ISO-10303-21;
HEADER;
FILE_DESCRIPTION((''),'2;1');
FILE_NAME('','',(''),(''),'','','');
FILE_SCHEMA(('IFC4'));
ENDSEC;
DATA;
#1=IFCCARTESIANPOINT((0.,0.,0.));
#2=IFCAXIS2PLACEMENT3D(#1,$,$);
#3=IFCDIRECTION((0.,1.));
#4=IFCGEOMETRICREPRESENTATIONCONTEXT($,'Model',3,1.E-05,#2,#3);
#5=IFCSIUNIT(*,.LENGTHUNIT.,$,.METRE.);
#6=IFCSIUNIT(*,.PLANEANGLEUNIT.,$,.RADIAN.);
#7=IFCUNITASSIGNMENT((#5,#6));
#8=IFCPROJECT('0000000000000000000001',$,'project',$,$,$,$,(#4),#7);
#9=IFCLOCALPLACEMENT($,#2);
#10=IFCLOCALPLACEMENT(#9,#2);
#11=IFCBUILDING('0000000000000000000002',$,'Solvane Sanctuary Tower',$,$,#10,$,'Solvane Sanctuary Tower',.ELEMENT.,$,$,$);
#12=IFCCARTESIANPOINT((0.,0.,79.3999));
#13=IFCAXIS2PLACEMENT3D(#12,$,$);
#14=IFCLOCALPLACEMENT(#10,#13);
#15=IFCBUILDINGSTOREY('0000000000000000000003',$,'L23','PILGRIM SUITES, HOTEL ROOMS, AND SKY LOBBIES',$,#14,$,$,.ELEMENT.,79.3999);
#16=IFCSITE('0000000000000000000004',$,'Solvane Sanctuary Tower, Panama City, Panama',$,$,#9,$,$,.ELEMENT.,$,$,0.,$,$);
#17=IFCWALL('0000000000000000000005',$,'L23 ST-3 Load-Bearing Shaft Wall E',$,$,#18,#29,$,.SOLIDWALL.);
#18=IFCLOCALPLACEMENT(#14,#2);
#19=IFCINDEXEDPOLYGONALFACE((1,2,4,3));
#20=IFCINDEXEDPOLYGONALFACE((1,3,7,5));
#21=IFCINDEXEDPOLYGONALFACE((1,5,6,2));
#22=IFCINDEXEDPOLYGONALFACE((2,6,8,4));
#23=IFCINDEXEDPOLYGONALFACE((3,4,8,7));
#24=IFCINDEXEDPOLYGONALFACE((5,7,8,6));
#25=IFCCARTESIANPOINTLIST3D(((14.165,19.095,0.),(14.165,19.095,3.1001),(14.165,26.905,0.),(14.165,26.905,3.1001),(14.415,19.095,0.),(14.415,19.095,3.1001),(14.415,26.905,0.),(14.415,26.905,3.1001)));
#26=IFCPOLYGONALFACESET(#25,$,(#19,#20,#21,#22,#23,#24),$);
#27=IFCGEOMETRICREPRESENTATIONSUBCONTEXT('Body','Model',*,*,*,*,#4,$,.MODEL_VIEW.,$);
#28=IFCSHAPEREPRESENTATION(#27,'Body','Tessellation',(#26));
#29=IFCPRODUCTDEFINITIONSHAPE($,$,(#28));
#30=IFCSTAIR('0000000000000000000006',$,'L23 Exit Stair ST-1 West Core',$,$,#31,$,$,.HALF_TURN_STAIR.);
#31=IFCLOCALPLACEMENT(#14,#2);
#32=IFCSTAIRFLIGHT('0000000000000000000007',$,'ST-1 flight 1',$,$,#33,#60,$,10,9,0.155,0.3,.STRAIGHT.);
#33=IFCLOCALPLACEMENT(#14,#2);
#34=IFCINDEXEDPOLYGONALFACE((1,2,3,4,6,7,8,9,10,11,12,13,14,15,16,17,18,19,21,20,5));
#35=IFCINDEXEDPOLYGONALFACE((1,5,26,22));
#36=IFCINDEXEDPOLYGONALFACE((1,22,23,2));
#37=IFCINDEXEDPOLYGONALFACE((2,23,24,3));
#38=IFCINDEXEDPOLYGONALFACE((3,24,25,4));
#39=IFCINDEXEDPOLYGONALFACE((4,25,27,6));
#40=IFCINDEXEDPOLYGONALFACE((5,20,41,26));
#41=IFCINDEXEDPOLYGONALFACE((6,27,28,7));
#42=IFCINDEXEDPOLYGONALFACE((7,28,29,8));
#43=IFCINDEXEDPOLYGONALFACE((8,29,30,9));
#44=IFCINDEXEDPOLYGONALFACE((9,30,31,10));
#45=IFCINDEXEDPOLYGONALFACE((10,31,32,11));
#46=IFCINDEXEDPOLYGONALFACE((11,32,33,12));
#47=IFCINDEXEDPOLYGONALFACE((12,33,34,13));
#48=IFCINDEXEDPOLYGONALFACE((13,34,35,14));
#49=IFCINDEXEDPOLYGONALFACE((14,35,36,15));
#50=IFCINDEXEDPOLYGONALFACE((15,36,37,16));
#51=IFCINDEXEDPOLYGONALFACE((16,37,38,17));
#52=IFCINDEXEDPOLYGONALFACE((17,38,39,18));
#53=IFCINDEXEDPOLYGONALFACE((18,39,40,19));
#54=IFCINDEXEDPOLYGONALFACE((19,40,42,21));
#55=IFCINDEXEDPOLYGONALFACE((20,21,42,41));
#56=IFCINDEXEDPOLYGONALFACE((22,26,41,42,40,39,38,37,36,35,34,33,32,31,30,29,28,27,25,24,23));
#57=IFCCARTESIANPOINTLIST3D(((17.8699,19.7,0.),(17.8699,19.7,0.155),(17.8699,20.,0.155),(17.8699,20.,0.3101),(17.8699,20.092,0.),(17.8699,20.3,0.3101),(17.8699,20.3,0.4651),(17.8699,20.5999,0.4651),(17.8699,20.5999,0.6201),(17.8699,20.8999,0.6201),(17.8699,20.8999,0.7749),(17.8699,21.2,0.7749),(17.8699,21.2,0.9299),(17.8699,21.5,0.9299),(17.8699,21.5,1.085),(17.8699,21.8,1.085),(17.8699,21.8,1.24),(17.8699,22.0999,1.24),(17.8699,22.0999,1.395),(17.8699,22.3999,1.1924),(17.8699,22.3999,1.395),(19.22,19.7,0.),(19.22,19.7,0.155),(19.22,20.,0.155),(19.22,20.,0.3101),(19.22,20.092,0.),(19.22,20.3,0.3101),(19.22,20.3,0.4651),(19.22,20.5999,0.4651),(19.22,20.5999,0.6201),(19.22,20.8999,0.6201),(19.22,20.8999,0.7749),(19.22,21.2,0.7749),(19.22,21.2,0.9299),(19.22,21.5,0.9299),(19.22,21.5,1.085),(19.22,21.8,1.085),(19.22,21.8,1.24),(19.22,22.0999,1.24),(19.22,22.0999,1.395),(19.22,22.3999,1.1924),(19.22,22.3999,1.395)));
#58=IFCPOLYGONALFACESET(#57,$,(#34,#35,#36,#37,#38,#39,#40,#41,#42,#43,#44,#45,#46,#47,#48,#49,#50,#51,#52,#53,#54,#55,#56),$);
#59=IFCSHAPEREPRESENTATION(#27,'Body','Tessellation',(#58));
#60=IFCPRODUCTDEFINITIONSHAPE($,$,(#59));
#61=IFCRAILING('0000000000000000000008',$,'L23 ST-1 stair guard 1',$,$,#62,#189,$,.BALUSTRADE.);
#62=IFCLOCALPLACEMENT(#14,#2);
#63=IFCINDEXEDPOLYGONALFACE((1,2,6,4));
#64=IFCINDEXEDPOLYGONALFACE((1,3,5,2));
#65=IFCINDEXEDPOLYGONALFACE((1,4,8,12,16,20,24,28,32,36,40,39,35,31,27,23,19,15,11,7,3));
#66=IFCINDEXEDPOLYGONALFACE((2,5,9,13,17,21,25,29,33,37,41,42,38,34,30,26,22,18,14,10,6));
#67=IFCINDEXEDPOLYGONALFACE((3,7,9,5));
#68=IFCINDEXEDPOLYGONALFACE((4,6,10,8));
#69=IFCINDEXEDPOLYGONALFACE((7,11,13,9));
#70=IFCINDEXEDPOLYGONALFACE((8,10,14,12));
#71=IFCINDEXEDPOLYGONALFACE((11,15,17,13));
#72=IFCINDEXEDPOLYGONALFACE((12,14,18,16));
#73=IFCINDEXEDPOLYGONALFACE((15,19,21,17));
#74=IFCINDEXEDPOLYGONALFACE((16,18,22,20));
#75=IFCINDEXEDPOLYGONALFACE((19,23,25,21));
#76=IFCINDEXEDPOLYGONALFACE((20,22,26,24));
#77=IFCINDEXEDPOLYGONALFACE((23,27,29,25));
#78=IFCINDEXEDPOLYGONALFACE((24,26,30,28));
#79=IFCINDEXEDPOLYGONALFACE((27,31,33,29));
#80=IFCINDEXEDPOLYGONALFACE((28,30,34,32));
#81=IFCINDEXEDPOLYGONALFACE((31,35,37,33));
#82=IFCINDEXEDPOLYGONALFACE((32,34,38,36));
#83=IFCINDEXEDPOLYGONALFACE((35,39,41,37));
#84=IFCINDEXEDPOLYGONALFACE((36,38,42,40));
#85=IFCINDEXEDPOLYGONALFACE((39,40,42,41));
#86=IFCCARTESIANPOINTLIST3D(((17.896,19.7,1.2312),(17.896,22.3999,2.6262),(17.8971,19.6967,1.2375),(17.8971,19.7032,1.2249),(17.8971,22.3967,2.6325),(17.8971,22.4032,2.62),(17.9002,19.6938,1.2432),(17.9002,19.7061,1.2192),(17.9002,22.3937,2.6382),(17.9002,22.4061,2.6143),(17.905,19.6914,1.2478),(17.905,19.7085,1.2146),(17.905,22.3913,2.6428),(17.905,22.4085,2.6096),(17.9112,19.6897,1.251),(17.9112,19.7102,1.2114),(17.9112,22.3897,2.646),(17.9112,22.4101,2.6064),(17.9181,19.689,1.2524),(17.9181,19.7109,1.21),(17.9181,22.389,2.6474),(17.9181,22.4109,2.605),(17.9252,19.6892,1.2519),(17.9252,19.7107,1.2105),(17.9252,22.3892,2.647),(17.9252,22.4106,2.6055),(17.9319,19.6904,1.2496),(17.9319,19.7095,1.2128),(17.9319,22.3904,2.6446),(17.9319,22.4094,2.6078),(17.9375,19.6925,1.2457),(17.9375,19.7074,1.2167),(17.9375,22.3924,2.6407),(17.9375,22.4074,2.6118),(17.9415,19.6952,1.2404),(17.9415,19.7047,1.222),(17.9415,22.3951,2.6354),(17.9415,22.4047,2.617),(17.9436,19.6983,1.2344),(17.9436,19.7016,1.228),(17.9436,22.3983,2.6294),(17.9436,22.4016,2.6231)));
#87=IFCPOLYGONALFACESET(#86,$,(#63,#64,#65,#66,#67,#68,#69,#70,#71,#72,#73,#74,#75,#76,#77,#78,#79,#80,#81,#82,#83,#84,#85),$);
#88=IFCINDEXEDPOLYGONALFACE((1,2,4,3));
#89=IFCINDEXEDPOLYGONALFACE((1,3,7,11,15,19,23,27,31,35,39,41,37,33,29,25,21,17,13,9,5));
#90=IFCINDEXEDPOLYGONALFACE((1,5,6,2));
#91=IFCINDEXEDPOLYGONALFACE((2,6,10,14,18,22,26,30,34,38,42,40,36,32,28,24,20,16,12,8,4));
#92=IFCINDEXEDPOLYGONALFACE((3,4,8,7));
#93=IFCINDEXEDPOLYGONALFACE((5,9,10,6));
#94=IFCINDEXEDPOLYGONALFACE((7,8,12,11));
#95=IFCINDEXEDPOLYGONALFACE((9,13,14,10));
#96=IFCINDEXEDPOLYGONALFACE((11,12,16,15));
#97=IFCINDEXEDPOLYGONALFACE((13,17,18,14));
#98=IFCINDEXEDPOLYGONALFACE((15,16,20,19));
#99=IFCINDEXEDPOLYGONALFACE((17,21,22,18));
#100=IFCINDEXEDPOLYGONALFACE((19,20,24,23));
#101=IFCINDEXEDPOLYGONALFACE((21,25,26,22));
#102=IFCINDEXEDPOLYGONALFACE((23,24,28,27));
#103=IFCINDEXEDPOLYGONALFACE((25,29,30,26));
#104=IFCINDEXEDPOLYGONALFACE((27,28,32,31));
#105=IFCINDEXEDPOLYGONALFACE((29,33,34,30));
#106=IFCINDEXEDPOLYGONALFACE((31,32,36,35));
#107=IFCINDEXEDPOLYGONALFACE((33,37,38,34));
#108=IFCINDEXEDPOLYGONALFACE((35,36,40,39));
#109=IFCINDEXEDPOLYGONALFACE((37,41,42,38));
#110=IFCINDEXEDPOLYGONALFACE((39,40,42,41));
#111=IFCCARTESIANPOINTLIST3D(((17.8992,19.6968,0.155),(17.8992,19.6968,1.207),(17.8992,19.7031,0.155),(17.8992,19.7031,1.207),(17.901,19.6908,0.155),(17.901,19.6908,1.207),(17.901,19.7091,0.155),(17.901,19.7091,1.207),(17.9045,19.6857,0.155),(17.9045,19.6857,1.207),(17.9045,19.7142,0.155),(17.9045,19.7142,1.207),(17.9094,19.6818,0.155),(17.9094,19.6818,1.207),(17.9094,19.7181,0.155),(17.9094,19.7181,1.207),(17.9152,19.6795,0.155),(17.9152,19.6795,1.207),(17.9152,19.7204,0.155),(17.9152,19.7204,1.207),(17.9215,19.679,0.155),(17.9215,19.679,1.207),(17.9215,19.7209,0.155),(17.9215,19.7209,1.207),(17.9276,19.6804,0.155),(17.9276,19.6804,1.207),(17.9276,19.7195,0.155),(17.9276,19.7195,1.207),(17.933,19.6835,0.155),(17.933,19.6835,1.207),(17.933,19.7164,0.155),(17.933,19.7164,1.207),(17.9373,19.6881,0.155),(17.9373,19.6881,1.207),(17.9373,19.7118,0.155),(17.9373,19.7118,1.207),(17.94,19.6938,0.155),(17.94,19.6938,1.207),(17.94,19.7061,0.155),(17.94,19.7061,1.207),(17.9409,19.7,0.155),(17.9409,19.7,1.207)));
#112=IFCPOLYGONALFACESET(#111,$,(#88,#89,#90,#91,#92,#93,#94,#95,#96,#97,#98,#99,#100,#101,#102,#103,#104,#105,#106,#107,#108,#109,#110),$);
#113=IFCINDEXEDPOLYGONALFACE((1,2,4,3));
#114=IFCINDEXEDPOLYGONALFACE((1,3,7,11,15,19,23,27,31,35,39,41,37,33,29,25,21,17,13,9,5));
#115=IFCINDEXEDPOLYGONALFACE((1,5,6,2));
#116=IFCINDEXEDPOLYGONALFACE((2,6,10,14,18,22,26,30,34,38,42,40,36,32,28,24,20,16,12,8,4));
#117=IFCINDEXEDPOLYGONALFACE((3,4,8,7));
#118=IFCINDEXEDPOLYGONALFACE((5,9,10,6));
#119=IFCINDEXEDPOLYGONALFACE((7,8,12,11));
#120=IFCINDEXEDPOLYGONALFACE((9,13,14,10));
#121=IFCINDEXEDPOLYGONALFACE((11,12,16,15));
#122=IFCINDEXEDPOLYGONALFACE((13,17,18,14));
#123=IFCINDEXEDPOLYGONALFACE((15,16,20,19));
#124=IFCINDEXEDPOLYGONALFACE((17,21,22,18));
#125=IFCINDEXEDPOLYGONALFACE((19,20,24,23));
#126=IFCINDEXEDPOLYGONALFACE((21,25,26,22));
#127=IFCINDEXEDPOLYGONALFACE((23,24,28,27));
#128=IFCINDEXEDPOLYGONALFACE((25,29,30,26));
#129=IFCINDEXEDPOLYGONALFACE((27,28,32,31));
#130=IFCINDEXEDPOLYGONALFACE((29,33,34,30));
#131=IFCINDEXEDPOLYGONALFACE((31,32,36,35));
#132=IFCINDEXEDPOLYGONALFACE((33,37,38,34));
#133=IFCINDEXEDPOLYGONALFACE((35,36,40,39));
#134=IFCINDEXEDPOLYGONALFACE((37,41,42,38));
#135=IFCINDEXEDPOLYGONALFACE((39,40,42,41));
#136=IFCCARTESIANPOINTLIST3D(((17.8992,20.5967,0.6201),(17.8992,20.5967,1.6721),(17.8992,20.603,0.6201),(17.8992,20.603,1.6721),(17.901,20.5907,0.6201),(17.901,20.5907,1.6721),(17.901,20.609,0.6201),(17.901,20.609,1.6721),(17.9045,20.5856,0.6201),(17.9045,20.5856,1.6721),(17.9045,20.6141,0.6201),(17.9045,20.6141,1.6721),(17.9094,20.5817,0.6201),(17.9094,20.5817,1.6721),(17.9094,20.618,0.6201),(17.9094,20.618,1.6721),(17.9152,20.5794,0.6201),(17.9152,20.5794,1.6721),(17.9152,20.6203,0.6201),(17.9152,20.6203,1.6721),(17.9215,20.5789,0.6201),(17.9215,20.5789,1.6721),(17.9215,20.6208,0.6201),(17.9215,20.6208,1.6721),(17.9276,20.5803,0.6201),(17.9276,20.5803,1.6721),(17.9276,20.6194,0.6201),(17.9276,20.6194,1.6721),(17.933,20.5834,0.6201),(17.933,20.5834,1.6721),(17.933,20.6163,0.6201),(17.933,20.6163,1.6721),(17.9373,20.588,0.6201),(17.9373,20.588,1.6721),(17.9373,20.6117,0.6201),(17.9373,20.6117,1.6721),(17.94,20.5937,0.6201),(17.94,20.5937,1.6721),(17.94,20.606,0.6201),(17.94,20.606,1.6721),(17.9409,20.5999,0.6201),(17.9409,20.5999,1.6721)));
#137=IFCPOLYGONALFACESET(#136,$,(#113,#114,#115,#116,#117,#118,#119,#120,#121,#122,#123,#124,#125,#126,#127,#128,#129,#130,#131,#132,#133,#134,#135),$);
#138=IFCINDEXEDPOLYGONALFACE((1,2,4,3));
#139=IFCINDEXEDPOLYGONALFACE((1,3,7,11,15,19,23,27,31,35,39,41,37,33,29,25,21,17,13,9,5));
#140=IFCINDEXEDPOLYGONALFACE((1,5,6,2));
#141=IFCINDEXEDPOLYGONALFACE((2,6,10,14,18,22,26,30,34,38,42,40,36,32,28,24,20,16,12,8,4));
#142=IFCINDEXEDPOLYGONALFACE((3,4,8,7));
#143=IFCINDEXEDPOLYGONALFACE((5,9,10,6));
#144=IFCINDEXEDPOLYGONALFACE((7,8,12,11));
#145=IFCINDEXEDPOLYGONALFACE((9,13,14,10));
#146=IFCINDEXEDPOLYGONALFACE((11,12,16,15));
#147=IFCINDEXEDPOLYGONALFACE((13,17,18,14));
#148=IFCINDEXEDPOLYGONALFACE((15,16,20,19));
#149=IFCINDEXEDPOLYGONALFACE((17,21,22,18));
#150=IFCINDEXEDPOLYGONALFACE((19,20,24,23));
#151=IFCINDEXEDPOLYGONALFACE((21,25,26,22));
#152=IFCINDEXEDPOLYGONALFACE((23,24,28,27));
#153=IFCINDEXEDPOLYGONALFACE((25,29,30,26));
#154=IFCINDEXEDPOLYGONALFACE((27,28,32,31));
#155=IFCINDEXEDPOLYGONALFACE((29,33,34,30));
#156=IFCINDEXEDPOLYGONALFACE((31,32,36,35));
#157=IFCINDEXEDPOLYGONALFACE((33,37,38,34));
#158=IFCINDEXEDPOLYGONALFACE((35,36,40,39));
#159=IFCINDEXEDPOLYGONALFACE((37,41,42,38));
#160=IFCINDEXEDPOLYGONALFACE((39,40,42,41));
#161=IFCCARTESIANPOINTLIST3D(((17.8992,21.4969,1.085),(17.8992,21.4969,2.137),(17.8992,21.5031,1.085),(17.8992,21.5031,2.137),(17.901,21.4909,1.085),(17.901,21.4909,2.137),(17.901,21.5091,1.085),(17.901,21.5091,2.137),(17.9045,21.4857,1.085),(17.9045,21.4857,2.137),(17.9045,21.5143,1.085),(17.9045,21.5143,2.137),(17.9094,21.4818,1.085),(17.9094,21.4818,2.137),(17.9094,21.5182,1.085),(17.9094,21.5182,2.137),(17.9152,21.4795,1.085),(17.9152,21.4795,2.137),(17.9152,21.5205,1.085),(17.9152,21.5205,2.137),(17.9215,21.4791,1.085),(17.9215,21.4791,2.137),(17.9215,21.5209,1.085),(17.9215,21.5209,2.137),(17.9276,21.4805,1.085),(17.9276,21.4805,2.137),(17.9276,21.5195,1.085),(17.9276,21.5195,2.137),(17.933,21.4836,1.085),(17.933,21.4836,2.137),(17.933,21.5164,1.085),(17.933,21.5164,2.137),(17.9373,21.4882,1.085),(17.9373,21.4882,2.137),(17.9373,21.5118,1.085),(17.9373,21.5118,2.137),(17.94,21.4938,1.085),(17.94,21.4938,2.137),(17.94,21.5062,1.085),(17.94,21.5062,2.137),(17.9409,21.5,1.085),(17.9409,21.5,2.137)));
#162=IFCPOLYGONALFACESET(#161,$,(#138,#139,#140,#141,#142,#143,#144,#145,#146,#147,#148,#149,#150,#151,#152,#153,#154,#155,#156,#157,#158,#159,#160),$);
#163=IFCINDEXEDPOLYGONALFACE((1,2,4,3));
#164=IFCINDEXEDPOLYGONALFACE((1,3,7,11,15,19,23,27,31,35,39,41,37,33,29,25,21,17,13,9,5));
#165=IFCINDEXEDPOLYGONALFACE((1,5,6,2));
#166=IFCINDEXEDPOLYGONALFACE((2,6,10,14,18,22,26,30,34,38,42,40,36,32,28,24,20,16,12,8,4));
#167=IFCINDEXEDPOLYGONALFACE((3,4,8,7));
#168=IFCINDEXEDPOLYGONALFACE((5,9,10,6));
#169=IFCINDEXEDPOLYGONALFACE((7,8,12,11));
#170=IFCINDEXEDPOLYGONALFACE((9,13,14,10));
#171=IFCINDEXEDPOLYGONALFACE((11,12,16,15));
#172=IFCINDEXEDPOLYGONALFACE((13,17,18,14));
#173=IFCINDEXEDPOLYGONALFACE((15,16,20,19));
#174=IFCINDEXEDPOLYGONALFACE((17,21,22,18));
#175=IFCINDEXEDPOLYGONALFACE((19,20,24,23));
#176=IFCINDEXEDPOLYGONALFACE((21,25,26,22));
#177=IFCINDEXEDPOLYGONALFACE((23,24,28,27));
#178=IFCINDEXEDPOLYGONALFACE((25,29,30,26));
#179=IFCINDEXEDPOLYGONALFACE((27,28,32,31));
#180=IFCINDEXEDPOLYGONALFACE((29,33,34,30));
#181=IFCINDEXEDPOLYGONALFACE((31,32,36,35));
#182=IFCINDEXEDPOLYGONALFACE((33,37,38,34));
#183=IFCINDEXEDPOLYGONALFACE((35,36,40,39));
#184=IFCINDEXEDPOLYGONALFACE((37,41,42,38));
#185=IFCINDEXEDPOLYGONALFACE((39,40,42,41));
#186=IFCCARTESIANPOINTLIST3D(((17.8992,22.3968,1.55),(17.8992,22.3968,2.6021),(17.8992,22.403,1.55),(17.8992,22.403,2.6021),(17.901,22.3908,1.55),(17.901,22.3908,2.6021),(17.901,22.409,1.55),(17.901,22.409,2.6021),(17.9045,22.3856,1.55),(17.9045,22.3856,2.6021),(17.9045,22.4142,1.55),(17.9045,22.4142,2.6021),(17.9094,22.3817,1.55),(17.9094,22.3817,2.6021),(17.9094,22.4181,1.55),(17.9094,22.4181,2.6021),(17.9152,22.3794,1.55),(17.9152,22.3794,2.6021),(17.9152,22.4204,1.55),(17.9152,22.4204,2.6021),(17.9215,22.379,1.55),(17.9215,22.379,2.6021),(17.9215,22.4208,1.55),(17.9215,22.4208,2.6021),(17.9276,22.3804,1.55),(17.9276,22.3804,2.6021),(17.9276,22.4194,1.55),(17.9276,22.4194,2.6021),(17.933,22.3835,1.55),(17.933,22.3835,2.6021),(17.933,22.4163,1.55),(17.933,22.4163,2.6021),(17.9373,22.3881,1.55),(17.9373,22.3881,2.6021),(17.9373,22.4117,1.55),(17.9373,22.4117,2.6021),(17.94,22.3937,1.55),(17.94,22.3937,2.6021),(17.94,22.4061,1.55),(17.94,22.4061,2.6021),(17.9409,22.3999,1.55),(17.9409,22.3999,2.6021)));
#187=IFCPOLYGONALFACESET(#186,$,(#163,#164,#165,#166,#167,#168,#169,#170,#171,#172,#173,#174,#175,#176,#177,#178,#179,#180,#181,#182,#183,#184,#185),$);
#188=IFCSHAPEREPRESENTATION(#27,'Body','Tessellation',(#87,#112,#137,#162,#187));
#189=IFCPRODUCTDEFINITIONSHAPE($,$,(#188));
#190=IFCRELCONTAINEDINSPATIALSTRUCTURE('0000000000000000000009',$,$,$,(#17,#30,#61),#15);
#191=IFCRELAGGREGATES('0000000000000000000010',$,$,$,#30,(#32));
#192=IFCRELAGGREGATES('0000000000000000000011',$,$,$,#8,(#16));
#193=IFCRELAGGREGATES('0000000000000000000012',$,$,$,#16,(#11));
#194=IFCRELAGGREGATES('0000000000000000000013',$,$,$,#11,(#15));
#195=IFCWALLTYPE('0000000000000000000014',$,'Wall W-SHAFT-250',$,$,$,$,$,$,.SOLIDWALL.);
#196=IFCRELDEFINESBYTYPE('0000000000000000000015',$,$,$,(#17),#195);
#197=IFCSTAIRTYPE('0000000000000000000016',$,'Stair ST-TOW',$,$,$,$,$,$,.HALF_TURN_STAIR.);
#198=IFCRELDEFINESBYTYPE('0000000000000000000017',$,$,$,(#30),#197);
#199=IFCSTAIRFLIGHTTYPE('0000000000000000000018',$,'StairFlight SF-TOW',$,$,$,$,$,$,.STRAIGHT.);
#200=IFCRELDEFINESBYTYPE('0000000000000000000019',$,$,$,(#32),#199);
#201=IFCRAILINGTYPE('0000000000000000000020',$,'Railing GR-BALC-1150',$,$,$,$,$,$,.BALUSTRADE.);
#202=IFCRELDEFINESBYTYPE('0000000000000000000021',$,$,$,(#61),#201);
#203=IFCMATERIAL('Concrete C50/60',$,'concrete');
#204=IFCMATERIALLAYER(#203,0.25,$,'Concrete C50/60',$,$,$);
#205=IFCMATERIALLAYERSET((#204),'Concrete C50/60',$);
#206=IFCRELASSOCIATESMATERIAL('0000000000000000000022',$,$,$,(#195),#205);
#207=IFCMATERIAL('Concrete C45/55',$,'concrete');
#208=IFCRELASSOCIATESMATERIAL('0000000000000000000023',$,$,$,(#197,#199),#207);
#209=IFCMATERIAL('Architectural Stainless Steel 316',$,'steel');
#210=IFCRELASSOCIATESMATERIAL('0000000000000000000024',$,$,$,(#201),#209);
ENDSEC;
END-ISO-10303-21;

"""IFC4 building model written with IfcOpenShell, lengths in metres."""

from ifc_helpers import new_model, si_unit, direction, frame, frame_2d, origin, origin_2d, place, context, subcontext, project, spatial, polyline, rectangle, circle, outline, extrude, material, layer, layer_set, type_object, element, aggregate, save


model = new_model("IFC4")

# Units and contexts
model_context = context("Model", 3, precision=1e-05, world=origin(), true_north=direction((0.0, 1.0)))
body_context = subcontext(model_context, "Body", "Model", "MODEL_VIEW")
ifc_project = project(units=[si_unit("LENGTHUNIT", "METRE"), si_unit("PLANEANGLEUNIT", "RADIAN")], contexts=[model_context])

# Site, building, storey
site_placement = place(None, origin())
site = spatial("IfcSite", under=ifc_project, at=site_placement, Name="Solvane Sanctuary Tower, Panama City, Panama", CompositionType="ELEMENT", RefElevation=0.0)
building_placement = place(site_placement, origin())
building = spatial("IfcBuilding", under=site, at=building_placement, Name="Solvane Sanctuary Tower", LongName="Solvane Sanctuary Tower", CompositionType="ELEMENT")
storey_placement = place(building_placement, frame((0.0, 0.0, 79.3999)))
storey = spatial("IfcBuildingStorey", under=building, at=storey_placement, Name="L23", Description="PILGRIM SUITES, HOTEL ROOMS, AND SKY LOBBIES", CompositionType="ELEMENT", Elevation=79.3999)

# Shared definitions
ifc_material_1 = material(Name="Concrete C50/60", Category="concrete")
ifc_layer_1 = layer(ifc_material_1, 0.25, Name="Concrete C50/60")
ifc_layer_set_1 = layer_set([ifc_layer_1], Name="Concrete C50/60")
wall_type_1 = type_object("IfcWallType", Name="Wall W-SHAFT-250", PredefinedType="SOLIDWALL", material=ifc_layer_set_1)
ifc_material_2 = material(Name="Architectural Stainless Steel 316", Category="steel")

# Wall
for number, where, z_axis, x_axis, name in (
    (1, (14.29, 19.095, 0.0), (0.0, 0.0, 1.0), (0.0, 1.0, 0.0), "L23 ST-3 Load-Bearing Shaft Wall E"),
):
    element("IfcWall", number, at=place(storey_placement, frame(where, z_axis=z_axis, x_axis=x_axis)), inside=storey, type_object=wall_type_1, Name=name, PredefinedType="SOLIDWALL", context=body_context, shape_type="SweptSolid", body=[
        extrude(rectangle(XDim=7.8101, YDim=0.25, at=frame_2d((3.905, 0.0))), origin(), (0.0, 0.0, 1.0), 3.1001),
    ])

# Stair, stair flight
ifc_material_3 = material(Name="Concrete C45/55", Category="concrete")
stair_type = type_object("IfcStairType", Name="Stair ST-TOW", PredefinedType="HALF_TURN_STAIR", material=ifc_material_3)
stair_placement = place(storey_placement, origin())
stair = element("IfcStair", 2, at=stair_placement, inside=storey, type_object=stair_type, Name="L23 Exit Stair ST-1 West Core", PredefinedType="HALF_TURN_STAIR")
stair_flight_type = type_object("IfcStairFlightType", Name="StairFlight SF-TOW", PredefinedType="STRAIGHT", material=ifc_material_3)
stair_flight_placement = place(storey_placement, frame((18.5449, 19.7, 0.0), z_axis=(0.0, 0.0, 1.0), x_axis=(0.0, 1.0, 0.0)))
stair_flight = element("IfcStairFlight", 3, at=stair_flight_placement, type_object=stair_flight_type, Name="ST-1 flight 1", NumberOfRisers=10, NumberOfTreads=9, PredefinedType="STRAIGHT", RiserHeight=0.155, TreadLength=0.3, context=body_context, shape_type="SweptSolid", body=[
    extrude(outline(polyline([(0.0, 0.0), (0.0, 0.155), (0.3, 0.155), (0.3, 0.3101), (0.6001, 0.3101), (0.6001, 0.4651), (0.8999, 0.4651), (0.8999, 0.6201), (1.2, 0.6201), (1.2, 0.7749), (1.5, 0.7749), (1.5, 0.9299), (1.8, 0.9299), (1.8, 1.085), (2.1001, 1.085), (2.1001, 1.24), (2.3999, 1.24), (2.3999, 1.395), (2.7, 1.395), (2.7, 1.55), (2.7, 1.1924), (0.3921, 0.0), (0.0, 0.0)])), frame((0.0, 0.675, 0.0), z_axis=(0.0, -1.0, 0.0), x_axis=(1.0, 0.0, 0.0)), (0.0, 0.0, 1.0), 1.3501),
])
aggregate(stair, [stair_flight])

# Railing
railing_type_1 = type_object("IfcRailingType", Name="Railing GR-BALC-1150", PredefinedType="BALUSTRADE", material=ifc_material_2)
railing_1_placement = place(storey_placement, frame((17.9199, 19.7, 0.155)))
element("IfcRailing", 4, at=railing_1_placement, inside=storey, type_object=railing_type_1, Name="L23 ST-1 stair guard 1", PredefinedType="BALUSTRADE", context=body_context, shape_type="SweptSolid", body=[
    extrude(circle(Radius=0.0239, at=origin_2d()), frame((0.0, 0.0, 1.0762), z_axis=(0.0, 0.88842, 0.459032), x_axis=(-1.0, 0.0, 0.0)), (0.0, 0.0, 1.0), 3.0391),
    extrude(circle(Radius=0.021, at=origin_2d()), origin(), (0.0, 0.0, 1.0), 1.052),
    extrude(circle(Radius=0.021, at=origin_2d()), frame((0.0, 0.8999, 0.4651)), (0.0, 0.0, 1.0), 1.052),
    extrude(circle(Radius=0.021, at=origin_2d()), frame((0.0, 1.8, 0.9299)), (0.0, 0.0, 1.0), 1.052),
    extrude(circle(Radius=0.021, at=origin_2d()), frame((0.0, 2.7, 1.395)), (0.0, 0.0, 1.0), 1.052),
])

save(model, "model.ifc")
